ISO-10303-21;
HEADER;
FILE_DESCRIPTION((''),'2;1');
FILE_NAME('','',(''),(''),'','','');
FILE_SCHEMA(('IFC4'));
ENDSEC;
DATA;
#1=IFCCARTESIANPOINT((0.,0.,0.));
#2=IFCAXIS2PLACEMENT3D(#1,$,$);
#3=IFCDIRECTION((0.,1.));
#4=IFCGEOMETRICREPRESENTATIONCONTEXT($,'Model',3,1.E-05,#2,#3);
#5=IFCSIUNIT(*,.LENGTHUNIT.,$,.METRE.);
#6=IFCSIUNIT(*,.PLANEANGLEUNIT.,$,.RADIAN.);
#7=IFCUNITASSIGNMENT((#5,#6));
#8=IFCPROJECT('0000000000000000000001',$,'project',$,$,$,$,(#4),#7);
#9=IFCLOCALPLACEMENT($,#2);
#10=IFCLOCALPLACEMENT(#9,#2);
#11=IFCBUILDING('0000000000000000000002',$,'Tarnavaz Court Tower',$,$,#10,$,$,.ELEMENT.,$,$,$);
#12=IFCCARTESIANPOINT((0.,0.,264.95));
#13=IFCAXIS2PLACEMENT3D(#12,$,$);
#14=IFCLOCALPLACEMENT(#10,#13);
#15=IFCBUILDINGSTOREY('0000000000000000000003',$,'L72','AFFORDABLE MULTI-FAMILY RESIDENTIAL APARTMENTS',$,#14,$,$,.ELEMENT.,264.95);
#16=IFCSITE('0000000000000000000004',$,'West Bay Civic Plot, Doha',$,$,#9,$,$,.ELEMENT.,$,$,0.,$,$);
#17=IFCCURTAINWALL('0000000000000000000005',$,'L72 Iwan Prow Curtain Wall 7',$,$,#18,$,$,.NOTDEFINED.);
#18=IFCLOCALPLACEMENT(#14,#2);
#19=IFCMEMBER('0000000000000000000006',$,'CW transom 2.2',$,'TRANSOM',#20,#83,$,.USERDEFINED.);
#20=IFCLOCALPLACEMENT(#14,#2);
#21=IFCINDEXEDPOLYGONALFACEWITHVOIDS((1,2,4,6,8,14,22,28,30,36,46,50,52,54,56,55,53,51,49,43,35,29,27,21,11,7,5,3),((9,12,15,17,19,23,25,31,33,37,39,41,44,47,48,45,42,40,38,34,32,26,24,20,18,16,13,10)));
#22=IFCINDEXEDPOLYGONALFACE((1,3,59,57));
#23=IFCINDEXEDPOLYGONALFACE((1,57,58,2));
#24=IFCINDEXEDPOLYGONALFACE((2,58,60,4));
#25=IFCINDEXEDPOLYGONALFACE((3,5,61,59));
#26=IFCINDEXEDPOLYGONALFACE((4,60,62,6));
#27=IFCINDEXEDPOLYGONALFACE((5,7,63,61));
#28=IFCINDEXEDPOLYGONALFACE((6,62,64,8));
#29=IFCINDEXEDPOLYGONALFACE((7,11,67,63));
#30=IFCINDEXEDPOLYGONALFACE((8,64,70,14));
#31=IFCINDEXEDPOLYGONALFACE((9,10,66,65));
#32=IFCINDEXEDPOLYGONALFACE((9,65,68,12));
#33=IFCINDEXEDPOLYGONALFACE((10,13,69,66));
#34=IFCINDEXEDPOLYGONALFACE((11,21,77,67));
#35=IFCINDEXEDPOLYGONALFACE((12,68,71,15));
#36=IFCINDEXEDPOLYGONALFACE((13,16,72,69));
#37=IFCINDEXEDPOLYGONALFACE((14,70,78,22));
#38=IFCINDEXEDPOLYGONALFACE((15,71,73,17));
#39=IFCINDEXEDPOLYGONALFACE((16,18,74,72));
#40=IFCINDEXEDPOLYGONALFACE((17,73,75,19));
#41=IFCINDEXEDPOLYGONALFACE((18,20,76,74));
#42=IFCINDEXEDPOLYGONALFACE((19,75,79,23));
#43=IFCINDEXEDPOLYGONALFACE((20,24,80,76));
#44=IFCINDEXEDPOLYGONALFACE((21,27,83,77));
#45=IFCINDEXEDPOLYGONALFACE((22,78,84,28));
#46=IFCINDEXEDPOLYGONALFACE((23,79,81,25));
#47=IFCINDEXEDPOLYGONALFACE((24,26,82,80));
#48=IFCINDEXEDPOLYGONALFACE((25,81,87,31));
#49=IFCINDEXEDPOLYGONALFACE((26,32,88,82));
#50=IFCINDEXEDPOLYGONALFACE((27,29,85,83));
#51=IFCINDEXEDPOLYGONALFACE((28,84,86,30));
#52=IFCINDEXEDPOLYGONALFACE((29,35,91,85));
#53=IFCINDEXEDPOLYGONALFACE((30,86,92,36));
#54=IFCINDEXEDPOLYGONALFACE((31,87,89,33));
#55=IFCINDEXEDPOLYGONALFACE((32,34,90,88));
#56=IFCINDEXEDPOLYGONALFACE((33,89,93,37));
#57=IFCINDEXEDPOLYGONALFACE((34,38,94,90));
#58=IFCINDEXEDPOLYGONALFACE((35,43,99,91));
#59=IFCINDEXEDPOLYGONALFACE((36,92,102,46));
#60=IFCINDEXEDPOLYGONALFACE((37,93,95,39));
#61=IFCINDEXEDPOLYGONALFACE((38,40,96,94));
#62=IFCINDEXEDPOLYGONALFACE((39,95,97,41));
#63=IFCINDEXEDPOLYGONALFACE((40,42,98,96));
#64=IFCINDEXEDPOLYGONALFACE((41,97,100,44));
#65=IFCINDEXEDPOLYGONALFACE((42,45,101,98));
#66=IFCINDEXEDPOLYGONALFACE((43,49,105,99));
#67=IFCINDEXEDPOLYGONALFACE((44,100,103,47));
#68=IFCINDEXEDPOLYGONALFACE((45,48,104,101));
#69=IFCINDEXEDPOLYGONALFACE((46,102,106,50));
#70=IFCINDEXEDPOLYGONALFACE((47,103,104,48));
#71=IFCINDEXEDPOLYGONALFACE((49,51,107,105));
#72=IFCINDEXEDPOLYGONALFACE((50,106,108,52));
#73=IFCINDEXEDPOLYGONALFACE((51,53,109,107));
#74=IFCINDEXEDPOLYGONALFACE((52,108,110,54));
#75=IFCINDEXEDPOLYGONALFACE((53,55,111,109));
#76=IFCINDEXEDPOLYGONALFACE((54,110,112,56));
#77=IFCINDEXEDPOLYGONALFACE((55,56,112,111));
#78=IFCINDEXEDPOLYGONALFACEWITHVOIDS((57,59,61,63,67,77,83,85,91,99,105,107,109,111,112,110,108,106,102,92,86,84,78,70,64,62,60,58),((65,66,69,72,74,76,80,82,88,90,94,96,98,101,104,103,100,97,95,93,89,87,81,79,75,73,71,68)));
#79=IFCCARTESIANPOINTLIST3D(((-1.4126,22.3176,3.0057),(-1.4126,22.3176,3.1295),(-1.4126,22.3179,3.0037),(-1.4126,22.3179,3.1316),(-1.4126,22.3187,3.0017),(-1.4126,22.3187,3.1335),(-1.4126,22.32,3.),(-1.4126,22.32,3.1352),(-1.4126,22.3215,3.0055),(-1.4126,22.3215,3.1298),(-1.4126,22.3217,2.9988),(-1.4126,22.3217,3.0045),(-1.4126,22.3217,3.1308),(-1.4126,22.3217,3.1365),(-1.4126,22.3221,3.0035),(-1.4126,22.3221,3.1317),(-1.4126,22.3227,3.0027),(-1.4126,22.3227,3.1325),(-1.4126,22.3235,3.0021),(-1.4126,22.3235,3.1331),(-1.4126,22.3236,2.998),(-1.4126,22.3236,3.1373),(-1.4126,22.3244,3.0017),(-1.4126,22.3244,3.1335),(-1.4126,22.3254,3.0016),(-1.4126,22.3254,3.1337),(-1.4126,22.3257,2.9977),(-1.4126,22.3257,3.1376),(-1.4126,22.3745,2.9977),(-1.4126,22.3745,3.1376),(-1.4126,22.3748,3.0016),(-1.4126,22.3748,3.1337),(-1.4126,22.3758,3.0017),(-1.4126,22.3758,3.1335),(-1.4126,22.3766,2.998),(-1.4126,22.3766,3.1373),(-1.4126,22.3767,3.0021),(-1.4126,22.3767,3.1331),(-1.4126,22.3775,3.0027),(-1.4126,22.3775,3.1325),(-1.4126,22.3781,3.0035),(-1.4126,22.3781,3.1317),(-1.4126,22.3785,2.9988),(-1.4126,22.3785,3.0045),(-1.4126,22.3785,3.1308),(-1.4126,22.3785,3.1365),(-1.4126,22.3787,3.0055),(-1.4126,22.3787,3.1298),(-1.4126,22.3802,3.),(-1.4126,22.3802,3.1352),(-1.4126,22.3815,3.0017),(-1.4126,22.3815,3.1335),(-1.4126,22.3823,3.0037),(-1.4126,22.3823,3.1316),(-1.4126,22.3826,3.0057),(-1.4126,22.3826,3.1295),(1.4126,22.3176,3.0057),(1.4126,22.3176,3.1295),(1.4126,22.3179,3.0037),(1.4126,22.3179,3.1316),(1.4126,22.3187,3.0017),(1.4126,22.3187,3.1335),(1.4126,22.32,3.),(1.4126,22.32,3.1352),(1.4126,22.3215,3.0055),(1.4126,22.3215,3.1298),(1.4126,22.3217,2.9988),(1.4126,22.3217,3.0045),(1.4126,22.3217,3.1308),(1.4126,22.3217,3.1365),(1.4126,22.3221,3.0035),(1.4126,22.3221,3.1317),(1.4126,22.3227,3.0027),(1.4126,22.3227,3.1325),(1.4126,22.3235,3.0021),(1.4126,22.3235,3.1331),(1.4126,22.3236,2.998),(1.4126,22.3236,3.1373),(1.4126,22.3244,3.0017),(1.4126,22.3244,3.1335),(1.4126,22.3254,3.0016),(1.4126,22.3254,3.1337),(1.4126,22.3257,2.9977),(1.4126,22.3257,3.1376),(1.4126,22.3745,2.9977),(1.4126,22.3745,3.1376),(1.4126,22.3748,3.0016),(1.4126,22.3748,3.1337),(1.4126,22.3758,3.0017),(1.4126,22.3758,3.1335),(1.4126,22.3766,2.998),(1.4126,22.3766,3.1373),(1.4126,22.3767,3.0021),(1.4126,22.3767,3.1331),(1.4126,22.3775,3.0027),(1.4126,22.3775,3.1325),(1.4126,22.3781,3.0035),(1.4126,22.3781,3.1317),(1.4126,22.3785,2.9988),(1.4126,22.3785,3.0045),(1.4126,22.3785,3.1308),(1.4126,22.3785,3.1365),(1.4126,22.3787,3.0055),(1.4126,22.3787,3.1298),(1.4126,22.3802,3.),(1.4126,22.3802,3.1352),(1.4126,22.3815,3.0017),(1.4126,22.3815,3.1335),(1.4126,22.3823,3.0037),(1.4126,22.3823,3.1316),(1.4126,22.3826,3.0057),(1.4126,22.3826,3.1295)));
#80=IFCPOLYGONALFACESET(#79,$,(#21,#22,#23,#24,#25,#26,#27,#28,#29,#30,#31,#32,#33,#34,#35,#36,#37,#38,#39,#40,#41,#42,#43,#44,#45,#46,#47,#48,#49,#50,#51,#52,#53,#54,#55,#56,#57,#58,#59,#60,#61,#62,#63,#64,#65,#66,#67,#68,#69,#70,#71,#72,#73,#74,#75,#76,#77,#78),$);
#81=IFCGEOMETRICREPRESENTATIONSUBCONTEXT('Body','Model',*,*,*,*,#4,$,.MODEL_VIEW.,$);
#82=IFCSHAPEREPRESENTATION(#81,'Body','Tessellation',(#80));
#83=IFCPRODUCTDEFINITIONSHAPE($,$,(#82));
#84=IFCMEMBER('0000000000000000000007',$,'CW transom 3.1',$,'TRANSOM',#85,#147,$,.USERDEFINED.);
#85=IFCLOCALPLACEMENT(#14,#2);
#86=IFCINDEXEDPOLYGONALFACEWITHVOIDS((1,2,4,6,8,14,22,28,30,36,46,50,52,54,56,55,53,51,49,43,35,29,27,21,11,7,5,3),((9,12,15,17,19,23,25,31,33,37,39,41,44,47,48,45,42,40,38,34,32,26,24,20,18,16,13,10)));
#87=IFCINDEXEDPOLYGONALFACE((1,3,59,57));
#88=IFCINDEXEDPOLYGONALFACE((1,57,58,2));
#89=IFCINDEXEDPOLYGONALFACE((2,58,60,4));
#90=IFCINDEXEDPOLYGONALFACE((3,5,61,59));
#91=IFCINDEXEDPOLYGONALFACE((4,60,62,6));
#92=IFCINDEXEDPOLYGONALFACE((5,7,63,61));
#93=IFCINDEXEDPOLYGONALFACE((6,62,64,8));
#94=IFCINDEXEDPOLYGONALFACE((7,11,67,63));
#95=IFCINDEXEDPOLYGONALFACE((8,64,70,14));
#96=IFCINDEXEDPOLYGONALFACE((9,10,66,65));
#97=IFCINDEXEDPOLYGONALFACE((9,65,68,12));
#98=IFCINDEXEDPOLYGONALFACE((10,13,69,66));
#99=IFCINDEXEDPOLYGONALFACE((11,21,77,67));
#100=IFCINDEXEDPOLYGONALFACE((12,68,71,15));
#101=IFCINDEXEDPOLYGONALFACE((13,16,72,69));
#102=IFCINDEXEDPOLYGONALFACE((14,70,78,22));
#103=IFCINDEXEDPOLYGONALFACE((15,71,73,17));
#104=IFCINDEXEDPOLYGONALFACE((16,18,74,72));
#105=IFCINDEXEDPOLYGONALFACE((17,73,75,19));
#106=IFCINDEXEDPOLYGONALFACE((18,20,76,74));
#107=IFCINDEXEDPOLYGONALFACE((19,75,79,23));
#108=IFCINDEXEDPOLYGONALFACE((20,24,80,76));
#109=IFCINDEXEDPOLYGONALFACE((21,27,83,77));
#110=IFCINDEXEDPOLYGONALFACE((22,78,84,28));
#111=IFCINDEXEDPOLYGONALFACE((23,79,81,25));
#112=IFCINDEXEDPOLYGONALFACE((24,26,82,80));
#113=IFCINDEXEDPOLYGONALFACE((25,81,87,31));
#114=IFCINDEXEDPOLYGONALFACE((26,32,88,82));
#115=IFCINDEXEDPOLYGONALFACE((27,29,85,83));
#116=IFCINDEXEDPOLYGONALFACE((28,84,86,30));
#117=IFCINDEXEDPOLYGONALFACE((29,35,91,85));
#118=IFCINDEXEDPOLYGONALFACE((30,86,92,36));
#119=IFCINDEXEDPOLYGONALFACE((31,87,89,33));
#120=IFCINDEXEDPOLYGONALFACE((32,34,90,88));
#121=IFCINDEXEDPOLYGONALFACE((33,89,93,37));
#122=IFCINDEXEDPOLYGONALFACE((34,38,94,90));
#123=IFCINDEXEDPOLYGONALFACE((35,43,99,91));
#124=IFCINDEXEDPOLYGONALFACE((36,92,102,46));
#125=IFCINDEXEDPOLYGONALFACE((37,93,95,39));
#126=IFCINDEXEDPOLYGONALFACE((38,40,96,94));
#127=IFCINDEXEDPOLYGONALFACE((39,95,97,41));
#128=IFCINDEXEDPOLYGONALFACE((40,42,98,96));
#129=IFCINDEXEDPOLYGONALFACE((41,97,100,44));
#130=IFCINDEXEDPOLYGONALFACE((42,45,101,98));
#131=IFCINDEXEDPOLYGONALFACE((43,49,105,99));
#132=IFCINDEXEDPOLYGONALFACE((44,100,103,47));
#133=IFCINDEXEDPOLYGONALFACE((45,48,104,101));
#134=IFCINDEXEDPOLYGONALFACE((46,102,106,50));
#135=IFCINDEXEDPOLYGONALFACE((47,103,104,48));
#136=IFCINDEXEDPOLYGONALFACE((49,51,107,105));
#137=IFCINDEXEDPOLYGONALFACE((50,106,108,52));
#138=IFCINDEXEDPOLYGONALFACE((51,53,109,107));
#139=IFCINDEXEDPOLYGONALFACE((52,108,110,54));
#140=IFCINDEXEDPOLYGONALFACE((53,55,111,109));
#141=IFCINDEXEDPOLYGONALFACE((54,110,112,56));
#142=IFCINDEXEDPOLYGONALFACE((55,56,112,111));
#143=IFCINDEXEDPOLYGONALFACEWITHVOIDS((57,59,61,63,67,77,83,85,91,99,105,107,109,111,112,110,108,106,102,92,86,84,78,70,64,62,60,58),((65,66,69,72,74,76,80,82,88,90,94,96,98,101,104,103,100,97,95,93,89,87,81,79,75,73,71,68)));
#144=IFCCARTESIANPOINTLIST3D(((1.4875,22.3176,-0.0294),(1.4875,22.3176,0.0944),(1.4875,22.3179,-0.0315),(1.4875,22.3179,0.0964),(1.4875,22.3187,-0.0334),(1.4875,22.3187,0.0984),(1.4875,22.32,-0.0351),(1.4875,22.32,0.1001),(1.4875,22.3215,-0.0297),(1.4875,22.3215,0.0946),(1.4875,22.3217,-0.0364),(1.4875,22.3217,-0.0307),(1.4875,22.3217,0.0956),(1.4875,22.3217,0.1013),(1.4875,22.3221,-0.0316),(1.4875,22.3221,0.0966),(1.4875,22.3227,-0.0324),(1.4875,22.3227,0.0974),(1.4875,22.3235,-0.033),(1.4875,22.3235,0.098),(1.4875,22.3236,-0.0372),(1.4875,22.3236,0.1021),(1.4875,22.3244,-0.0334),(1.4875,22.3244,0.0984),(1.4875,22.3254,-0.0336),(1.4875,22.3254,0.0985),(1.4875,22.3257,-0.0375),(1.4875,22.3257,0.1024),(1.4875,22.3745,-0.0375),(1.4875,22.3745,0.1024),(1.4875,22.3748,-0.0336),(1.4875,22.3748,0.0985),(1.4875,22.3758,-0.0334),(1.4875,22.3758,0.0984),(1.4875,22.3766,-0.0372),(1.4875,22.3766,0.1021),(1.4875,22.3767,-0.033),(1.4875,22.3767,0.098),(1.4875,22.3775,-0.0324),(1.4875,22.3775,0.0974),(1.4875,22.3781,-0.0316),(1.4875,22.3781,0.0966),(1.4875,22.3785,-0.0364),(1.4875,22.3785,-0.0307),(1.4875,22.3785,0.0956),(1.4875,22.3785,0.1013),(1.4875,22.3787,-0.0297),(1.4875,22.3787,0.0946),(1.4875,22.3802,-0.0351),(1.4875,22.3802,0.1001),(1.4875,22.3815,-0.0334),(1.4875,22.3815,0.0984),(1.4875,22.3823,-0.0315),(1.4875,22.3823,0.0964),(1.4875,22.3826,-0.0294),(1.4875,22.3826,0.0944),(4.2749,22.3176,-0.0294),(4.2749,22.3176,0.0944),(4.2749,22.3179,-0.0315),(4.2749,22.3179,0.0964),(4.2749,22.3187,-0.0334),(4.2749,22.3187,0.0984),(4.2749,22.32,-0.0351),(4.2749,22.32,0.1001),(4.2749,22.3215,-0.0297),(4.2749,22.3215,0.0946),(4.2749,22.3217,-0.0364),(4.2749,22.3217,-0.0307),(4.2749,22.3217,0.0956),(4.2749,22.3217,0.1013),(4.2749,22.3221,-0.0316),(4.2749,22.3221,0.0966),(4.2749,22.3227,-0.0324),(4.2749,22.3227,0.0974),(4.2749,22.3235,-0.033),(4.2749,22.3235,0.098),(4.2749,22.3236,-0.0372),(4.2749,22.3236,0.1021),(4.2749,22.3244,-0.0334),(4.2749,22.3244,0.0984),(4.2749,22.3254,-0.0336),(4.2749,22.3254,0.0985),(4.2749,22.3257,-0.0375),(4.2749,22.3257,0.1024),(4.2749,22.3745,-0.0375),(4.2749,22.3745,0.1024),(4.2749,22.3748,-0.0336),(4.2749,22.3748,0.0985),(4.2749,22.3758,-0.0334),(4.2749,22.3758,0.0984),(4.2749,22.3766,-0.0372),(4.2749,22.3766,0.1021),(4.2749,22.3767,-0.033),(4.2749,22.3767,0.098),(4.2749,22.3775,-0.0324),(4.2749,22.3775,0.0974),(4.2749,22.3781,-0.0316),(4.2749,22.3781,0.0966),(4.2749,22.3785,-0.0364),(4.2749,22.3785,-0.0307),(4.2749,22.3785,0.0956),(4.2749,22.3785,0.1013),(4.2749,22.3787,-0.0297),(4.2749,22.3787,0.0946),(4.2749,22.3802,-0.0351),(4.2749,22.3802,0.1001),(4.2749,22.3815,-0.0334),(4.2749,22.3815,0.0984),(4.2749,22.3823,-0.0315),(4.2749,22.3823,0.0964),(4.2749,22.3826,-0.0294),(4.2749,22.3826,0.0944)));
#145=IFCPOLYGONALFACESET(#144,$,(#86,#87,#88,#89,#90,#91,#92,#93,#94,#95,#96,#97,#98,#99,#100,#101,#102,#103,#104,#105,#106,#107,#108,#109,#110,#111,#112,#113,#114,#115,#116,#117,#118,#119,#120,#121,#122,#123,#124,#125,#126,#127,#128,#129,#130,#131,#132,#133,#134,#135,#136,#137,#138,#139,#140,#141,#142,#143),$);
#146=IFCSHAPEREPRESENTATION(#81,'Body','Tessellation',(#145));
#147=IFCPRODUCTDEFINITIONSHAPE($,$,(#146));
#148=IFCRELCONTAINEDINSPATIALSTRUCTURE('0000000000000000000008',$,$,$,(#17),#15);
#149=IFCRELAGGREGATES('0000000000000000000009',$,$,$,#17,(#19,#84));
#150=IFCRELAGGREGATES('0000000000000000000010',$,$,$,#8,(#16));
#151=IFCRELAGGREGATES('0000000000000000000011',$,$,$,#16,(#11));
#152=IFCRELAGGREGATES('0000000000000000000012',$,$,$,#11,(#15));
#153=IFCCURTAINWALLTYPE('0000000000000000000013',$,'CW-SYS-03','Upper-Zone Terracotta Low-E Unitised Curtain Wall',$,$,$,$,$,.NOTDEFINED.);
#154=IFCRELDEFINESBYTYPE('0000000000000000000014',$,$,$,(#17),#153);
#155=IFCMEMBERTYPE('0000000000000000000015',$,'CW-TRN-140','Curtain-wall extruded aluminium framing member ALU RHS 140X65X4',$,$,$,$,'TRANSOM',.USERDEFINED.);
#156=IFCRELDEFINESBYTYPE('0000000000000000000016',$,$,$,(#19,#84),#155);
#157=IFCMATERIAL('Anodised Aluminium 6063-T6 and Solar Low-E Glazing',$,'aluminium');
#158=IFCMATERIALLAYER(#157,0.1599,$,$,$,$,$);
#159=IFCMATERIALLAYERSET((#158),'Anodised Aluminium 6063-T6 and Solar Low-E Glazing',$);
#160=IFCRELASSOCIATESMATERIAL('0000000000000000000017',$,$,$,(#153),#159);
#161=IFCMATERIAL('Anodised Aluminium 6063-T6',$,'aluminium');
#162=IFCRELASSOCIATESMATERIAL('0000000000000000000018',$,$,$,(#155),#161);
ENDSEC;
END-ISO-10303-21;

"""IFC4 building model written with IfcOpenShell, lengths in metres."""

from ifc_helpers import new_model, si_unit, direction, frame, origin, origin_2d, place, context, subcontext, project, spatial, hollow_rectangle, extrude, material, layer, layer_set, material_profile, profile_set, type_object, element, aggregate, save


model = new_model("IFC4")

# Units and contexts
model_context = context("Model", 3, precision=1e-05, world=origin(), true_north=direction((0.0, 1.0)))
body_context = subcontext(model_context, "Body", "Model", "MODEL_VIEW")
ifc_project = project(units=[si_unit("LENGTHUNIT", "METRE"), si_unit("PLANEANGLEUNIT", "RADIAN")], contexts=[model_context])

# Site, building, storey
site_placement = place(None, origin())
site = spatial("IfcSite", under=ifc_project, at=site_placement, Name="West Bay Civic Plot, Doha", CompositionType="ELEMENT", RefElevation=0.0)
building_placement = place(site_placement, origin())
building = spatial("IfcBuilding", under=site, at=building_placement, Name="Tarnavaz Court Tower", CompositionType="ELEMENT")
storey_placement = place(building_placement, frame((0.0, 0.0, 264.95)))
storey = spatial("IfcBuildingStorey", under=building, at=storey_placement, Name="L72", Description="AFFORDABLE MULTI-FAMILY RESIDENTIAL APARTMENTS", CompositionType="ELEMENT", Elevation=264.95)

# Curtain wall, members
ifc_material_1 = material(Name="Anodised Aluminium 6063-T6 and Solar Low-E Glazing", Category="aluminium")
ifc_layer_1 = layer(ifc_material_1, 0.1599)
ifc_layer_set_1 = layer_set([ifc_layer_1], Name="Anodised Aluminium 6063-T6 and Solar Low-E Glazing")
curtain_wall_type = type_object("IfcCurtainWallType", Name="CW-SYS-03", Description="Upper-Zone Terracotta Low-E Unitised Curtain Wall", PredefinedType="NOTDEFINED", material=ifc_layer_set_1)
curtain_wall_placement = place(storey_placement, origin())
curtain_wall = element("IfcCurtainWall", 1, at=curtain_wall_placement, inside=storey, type_object=curtain_wall_type, Name="L72 Iwan Prow Curtain Wall 7", PredefinedType="NOTDEFINED")
ifc_material_2 = material(Name="Anodised Aluminium 6063-T6", Category="aluminium")
ifc_material_profile_1 = material_profile(ifc_material_2, hollow_rectangle(XDim=0.0649, YDim=0.1399, WallThickness=0.0039, InnerFilletRadius=0.0039, OuterFilletRadius=0.0081, at=origin_2d()), Name="ALU RHS 140X65X4")
ifc_profile_set_1 = profile_set([ifc_material_profile_1], Name="Anodised Aluminium 6063-T6")
member_type_1 = type_object("IfcMemberType", Name="CW-TRN-140", Description="Curtain-wall extruded aluminium framing member ALU RHS 140X65X4", ElementType="TRANSOM", PredefinedType="USERDEFINED", material=ifc_profile_set_1)
member_1_placement = place(storey_placement, frame((-1.4126, 22.3501, 3.0676), z_axis=(1.0, 0.0, 0.0), x_axis=(0.0, 1.0, 0.0)))
member_1 = element("IfcMember", 2, at=member_1_placement, type_object=member_type_1, Name="CW transom 2.2", ObjectType="TRANSOM", PredefinedType="USERDEFINED", context=body_context, shape_type="SweptSolid", body=[
    extrude(hollow_rectangle(XDim=0.0649, YDim=0.1399, WallThickness=0.0039, InnerFilletRadius=0.0039, OuterFilletRadius=0.0081, at=origin_2d()), origin(), (0.0, 0.0, 1.0), 2.8252),
])
member_2_placement = place(storey_placement, frame((1.4875, 22.3501, 0.0325), z_axis=(1.0, 0.0, 0.0), x_axis=(0.0, 1.0, 0.0)))
member_2 = element("IfcMember", 3, at=member_2_placement, type_object=member_type_1, Name="CW transom 3.1", ObjectType="TRANSOM", PredefinedType="USERDEFINED", context=body_context, shape_type="SweptSolid", body=[
    extrude(hollow_rectangle(XDim=0.0649, YDim=0.1399, WallThickness=0.0039, InnerFilletRadius=0.0039, OuterFilletRadius=0.0081, at=origin_2d()), origin(), (0.0, 0.0, 1.0), 2.7874),
])
aggregate(curtain_wall, [member_1, member_2])

save(model, "model.ifc")
